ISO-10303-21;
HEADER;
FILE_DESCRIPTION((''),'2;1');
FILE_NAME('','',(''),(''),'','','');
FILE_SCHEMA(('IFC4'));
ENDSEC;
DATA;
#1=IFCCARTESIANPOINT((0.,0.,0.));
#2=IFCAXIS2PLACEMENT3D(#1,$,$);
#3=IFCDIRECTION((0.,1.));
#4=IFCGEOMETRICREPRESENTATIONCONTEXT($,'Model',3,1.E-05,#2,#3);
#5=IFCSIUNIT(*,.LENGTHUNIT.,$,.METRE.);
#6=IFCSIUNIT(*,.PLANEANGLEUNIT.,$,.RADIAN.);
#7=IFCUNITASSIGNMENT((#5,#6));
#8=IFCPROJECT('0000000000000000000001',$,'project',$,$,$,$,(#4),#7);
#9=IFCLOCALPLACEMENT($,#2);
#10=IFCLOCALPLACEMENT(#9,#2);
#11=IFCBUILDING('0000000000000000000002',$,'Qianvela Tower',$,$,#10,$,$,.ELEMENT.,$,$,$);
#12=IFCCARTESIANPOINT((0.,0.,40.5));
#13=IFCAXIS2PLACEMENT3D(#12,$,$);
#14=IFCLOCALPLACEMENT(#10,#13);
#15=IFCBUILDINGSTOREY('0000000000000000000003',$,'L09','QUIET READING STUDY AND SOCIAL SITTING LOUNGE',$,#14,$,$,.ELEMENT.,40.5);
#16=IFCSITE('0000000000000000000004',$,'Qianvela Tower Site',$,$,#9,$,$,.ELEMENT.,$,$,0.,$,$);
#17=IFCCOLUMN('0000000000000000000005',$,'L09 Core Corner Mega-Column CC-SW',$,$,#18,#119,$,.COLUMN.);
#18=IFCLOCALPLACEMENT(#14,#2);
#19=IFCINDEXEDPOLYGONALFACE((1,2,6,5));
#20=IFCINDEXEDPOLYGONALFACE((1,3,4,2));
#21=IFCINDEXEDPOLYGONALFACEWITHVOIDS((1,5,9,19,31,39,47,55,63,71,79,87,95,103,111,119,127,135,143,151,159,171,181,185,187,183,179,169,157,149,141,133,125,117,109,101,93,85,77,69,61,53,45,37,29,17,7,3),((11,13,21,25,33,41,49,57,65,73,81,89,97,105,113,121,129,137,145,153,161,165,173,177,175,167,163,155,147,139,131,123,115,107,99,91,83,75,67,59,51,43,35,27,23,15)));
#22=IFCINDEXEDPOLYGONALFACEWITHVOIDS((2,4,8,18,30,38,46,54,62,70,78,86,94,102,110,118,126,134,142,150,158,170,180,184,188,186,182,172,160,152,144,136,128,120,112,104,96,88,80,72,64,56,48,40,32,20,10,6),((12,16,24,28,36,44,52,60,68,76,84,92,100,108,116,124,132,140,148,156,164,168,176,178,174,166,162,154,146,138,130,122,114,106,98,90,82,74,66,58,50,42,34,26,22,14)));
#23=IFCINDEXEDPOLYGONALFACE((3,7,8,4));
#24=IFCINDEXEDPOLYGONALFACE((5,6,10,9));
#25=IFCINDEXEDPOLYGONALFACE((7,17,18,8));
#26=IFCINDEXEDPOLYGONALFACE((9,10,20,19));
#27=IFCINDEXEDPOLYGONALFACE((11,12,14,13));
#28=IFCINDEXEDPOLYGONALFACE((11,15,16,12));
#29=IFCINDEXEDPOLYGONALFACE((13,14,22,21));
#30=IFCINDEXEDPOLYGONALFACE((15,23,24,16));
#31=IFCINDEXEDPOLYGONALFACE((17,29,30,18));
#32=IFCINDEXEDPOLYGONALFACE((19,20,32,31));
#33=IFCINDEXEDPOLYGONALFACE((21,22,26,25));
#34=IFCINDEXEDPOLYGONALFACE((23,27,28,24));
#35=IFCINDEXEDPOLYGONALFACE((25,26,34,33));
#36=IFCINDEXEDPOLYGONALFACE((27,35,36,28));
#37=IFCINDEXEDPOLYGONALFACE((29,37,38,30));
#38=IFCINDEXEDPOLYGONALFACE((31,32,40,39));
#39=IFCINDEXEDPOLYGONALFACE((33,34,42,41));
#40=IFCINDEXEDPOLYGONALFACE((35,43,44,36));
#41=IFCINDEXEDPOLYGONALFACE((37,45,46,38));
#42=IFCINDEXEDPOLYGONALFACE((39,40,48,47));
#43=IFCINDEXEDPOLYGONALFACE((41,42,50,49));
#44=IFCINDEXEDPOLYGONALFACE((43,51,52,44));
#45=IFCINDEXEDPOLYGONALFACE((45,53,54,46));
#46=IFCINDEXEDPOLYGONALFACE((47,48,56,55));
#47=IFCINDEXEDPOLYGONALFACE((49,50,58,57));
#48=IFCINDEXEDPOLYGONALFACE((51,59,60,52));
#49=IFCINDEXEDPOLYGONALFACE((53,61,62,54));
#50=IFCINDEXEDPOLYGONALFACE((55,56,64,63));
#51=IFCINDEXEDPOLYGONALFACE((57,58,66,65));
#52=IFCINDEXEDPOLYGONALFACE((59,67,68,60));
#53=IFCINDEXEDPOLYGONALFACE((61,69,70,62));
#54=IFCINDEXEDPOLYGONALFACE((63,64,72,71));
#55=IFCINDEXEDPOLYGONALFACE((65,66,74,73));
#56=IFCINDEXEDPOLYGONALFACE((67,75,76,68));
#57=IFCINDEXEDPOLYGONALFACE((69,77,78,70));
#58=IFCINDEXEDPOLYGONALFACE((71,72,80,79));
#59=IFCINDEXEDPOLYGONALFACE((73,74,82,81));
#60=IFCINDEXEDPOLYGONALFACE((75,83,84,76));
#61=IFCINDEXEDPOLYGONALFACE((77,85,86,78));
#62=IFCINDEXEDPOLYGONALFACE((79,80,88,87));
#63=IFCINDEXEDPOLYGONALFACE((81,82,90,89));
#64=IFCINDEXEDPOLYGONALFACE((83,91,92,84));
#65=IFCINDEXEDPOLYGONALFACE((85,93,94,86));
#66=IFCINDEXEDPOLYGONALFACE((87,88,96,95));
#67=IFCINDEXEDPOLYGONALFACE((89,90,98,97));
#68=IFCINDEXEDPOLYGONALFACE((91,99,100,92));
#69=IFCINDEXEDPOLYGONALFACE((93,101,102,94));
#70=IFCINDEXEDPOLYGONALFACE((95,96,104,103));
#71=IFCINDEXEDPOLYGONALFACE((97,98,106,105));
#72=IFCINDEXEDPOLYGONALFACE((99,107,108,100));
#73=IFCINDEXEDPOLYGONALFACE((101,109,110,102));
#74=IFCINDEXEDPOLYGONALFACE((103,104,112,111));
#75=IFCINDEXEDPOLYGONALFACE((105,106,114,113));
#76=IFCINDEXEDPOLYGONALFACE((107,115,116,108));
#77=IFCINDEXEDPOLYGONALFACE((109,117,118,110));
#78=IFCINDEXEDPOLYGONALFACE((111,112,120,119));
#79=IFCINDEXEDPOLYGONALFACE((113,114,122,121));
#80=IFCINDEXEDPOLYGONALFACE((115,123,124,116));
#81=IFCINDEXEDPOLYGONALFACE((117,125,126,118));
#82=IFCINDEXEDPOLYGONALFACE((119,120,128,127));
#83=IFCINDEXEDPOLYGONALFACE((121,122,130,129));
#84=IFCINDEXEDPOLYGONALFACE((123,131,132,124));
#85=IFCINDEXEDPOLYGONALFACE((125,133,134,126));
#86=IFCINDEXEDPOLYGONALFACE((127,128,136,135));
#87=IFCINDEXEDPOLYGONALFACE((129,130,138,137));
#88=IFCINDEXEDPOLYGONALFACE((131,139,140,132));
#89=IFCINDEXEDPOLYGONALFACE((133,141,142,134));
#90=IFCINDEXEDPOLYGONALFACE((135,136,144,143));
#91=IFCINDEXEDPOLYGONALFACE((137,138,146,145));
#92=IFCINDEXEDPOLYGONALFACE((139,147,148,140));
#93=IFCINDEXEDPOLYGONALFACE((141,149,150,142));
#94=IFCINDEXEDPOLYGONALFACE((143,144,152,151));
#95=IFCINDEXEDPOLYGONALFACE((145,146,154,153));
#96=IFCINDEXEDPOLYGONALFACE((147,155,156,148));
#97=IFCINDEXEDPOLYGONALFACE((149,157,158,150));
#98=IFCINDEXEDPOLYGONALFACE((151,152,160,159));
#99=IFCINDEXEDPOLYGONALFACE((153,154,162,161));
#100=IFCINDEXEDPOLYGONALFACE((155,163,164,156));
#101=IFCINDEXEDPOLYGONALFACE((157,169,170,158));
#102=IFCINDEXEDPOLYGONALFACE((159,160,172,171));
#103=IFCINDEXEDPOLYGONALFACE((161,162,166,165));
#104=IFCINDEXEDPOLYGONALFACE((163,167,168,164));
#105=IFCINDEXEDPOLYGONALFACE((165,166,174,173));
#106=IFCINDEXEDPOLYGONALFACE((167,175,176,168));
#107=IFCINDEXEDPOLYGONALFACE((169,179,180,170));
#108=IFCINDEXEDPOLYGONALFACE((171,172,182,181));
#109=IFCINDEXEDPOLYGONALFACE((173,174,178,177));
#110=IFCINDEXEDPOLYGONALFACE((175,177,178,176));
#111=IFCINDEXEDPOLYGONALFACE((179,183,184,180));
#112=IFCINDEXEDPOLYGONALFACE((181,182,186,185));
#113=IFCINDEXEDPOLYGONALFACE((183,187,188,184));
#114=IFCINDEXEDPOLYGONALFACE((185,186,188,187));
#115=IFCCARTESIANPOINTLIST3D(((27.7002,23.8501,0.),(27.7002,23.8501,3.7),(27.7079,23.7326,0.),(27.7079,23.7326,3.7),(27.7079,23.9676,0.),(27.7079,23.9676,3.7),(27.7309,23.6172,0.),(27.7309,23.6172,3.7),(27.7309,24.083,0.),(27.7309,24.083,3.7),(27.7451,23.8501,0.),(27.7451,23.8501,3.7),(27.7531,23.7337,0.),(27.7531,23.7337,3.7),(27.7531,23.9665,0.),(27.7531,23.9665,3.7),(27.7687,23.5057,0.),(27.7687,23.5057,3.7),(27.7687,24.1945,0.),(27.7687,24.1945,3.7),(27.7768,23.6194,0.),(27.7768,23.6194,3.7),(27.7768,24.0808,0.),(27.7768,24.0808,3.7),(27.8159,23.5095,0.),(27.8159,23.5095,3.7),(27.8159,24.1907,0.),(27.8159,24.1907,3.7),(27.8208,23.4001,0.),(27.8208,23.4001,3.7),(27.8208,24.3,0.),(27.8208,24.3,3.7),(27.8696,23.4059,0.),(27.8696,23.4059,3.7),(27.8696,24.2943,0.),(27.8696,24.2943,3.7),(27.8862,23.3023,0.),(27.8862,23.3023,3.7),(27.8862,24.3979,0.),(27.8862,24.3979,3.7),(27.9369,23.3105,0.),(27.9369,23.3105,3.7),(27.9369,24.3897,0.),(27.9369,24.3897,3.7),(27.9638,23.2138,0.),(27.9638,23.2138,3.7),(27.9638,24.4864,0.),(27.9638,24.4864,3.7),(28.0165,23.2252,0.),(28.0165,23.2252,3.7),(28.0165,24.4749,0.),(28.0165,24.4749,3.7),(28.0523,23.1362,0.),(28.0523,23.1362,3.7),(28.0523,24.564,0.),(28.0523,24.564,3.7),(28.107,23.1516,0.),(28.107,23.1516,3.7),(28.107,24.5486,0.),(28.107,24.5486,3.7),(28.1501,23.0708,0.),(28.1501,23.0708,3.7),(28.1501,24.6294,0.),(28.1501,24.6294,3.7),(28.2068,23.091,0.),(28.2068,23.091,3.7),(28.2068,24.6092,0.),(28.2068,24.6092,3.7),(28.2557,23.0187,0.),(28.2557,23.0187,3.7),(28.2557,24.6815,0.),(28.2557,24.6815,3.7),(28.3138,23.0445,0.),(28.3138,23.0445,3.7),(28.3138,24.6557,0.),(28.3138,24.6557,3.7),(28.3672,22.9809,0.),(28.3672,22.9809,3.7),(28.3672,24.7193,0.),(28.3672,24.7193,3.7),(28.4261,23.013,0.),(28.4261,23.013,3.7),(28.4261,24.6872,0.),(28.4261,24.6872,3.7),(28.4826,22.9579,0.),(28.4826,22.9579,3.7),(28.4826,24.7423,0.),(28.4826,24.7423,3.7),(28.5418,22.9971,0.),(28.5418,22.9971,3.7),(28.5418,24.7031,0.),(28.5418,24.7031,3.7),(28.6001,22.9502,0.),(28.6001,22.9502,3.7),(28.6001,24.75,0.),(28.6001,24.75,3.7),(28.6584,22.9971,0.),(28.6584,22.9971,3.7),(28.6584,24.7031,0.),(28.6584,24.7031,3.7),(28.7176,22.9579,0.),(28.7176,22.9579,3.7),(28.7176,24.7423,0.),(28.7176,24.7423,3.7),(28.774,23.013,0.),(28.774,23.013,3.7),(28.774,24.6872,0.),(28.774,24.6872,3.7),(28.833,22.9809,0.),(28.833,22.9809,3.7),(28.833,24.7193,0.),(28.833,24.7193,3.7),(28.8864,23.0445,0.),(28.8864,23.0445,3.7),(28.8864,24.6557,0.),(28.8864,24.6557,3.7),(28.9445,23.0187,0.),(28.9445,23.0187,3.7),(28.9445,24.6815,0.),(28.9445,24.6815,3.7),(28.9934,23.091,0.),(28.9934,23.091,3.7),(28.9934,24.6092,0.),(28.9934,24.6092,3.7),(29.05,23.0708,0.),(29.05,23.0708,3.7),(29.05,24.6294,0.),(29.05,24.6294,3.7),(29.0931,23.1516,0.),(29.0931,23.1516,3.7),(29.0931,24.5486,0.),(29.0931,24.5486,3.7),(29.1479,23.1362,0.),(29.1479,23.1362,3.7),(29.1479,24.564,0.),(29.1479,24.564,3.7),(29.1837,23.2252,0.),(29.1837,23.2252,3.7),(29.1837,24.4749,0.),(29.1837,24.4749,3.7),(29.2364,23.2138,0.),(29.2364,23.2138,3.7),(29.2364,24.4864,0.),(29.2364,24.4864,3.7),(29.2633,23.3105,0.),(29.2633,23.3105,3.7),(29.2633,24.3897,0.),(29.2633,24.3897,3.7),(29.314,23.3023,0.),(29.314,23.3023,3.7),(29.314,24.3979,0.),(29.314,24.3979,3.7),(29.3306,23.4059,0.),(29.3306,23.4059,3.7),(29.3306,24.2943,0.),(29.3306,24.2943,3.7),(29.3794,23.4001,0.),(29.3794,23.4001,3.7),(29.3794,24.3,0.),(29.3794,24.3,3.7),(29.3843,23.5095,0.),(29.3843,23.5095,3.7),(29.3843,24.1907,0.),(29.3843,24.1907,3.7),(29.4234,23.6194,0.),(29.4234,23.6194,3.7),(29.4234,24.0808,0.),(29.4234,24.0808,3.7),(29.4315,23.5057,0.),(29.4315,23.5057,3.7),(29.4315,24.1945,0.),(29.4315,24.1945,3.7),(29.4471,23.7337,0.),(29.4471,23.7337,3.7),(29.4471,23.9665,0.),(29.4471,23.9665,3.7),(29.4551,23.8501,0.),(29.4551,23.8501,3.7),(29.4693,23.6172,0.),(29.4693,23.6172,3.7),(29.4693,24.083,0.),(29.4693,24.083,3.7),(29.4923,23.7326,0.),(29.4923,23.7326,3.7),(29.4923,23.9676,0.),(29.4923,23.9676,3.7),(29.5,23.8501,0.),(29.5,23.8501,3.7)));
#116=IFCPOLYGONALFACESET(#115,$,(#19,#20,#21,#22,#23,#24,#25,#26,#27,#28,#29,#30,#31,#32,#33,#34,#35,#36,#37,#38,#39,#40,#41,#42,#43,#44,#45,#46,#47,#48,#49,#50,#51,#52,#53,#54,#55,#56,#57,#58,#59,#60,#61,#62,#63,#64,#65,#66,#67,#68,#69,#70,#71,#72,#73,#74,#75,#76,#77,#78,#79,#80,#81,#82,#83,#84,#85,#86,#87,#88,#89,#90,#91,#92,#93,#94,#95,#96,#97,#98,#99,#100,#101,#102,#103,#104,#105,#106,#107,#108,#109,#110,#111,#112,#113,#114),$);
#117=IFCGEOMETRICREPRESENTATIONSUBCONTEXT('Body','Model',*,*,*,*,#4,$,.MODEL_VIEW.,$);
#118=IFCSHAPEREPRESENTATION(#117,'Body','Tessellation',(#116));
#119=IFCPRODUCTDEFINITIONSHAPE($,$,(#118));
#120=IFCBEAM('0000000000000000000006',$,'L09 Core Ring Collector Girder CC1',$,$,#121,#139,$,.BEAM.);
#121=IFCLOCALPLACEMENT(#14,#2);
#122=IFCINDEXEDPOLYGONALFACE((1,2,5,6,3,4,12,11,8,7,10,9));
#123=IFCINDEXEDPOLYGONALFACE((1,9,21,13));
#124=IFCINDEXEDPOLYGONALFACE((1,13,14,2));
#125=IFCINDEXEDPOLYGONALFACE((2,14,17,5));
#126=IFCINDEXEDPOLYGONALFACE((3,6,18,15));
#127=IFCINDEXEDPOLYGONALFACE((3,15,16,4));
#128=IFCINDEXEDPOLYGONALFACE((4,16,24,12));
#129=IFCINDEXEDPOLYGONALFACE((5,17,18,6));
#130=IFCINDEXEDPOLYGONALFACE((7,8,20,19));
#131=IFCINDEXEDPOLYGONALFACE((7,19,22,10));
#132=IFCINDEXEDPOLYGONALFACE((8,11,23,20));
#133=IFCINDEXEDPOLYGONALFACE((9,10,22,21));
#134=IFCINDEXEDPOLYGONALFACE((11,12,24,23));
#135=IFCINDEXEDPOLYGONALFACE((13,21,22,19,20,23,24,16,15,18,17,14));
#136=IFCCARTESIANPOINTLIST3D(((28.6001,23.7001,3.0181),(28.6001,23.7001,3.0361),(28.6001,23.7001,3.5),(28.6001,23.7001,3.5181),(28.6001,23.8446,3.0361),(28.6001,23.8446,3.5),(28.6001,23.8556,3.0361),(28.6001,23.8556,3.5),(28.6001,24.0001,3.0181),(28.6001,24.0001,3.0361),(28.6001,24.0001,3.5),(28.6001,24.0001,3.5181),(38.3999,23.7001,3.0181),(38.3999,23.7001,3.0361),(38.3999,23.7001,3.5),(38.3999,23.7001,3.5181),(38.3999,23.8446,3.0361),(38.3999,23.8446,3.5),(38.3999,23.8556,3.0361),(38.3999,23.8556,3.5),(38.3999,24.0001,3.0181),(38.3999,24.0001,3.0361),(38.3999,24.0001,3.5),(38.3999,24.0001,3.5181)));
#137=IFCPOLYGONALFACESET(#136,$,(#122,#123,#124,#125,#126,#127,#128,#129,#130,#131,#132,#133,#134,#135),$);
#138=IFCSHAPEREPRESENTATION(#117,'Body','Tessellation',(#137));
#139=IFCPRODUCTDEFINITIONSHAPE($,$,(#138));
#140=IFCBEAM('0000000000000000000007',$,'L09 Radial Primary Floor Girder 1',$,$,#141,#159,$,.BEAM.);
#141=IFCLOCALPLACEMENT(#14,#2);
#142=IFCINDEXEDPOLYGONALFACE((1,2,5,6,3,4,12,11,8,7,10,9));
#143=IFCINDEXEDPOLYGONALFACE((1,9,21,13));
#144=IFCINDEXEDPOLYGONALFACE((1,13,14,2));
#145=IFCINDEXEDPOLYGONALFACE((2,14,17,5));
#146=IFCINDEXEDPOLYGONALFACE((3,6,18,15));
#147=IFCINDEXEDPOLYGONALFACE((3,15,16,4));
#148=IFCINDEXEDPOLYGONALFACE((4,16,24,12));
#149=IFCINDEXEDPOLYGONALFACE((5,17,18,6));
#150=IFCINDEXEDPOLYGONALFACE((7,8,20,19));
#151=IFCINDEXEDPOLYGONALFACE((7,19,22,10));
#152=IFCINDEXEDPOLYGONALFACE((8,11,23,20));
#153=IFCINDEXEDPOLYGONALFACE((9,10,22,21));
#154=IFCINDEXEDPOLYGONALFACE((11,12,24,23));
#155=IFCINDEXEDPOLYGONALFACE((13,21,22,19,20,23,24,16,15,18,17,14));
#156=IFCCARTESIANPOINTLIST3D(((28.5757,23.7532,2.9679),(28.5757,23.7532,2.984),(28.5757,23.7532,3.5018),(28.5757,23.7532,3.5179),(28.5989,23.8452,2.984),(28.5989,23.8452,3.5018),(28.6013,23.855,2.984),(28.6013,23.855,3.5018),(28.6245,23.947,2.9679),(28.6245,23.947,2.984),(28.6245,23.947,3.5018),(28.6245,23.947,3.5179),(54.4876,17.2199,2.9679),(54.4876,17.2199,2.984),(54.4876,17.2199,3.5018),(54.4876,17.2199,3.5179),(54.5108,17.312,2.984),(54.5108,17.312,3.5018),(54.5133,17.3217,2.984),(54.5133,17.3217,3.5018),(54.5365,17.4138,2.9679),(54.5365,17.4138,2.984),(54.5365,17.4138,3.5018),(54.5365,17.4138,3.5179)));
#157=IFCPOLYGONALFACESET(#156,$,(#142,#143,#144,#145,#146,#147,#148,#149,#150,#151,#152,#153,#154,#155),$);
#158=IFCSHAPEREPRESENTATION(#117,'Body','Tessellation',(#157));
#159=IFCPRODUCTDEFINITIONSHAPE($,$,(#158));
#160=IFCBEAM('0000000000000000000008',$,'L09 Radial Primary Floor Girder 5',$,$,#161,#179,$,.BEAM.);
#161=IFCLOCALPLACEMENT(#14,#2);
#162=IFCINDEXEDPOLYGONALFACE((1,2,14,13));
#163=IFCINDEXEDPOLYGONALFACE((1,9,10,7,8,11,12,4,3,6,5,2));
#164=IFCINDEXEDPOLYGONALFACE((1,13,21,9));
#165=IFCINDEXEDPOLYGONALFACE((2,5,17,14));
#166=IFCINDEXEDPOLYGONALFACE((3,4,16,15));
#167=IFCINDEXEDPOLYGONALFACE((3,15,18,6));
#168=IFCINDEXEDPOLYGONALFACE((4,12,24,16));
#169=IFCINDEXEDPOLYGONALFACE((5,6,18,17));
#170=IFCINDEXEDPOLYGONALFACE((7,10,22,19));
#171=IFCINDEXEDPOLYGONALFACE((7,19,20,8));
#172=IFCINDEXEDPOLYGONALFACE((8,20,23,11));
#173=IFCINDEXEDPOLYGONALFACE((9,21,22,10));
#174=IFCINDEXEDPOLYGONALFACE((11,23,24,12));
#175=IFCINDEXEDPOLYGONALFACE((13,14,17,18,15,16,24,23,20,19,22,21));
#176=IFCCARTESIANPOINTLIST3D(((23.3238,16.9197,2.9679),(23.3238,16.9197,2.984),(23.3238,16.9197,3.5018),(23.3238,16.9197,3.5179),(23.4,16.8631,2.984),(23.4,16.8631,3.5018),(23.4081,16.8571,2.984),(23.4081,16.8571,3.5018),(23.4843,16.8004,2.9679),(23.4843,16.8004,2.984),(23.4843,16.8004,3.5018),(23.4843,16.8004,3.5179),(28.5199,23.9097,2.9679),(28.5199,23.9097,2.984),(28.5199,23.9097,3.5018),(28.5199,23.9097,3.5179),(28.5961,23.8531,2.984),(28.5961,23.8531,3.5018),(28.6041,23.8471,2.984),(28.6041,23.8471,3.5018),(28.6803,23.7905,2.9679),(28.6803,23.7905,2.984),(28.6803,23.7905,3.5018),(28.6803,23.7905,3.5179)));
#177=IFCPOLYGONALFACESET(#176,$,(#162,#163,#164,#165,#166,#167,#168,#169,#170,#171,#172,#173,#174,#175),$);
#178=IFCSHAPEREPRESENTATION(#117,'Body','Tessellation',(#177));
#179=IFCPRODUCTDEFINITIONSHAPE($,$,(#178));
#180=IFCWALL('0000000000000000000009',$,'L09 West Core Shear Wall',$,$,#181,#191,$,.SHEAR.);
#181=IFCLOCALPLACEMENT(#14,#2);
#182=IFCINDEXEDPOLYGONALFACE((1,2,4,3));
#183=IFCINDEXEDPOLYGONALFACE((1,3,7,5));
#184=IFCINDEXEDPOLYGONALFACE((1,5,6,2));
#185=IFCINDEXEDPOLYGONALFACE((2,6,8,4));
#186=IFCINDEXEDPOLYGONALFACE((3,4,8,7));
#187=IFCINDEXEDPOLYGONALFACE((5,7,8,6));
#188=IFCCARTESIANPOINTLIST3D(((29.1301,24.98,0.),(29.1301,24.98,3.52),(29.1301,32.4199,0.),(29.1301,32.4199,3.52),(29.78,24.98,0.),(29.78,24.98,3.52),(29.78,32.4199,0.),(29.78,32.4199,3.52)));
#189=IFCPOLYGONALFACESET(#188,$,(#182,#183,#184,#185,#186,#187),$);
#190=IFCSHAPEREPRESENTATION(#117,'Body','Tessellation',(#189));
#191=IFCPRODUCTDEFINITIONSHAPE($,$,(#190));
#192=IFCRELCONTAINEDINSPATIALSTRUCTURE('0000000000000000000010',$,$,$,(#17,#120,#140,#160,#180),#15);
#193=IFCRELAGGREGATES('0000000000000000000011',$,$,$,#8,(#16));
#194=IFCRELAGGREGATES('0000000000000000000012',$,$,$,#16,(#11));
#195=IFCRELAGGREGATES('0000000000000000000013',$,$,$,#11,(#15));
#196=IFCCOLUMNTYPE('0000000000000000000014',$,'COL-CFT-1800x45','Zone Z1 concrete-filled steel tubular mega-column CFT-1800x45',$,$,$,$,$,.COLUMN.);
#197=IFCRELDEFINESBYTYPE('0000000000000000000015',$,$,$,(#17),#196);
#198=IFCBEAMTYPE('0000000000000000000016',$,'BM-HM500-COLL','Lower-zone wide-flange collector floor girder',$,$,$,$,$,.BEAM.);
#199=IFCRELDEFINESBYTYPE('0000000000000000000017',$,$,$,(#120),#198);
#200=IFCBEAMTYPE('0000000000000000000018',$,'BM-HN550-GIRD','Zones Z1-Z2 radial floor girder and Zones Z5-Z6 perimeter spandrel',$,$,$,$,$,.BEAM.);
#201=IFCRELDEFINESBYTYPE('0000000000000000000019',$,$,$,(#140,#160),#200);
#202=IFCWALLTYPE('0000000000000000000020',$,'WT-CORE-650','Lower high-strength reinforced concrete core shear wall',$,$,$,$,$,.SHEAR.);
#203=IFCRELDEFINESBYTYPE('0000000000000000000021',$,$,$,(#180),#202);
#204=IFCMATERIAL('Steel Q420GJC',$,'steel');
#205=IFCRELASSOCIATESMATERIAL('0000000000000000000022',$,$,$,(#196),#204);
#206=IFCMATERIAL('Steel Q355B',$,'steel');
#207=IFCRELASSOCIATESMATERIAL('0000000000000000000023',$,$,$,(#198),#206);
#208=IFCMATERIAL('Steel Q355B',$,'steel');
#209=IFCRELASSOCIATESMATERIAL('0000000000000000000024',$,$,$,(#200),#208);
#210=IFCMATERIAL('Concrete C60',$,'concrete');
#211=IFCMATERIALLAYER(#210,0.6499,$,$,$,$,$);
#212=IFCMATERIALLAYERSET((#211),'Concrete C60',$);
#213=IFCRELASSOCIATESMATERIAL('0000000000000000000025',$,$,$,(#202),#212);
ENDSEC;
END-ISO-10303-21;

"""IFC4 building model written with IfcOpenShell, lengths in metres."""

from ifc_helpers import new_model, si_unit, direction, frame, frame_2d, origin, origin_2d, place, context, subcontext, project, spatial, rectangle, hollow_circle, i_section, extrude, material, layer, layer_set, material_profile, profile_set, type_object, element, save


model = new_model("IFC4")

# Units and contexts
model_context = context("Model", 3, precision=1e-05, world=origin(), true_north=direction((0.0, 1.0)))
body_context = subcontext(model_context, "Body", "Model", "MODEL_VIEW")
ifc_project = project(units=[si_unit("LENGTHUNIT", "METRE"), si_unit("PLANEANGLEUNIT", "RADIAN")], contexts=[model_context])

# Site, building, storey
site_placement = place(None, origin())
site = spatial("IfcSite", under=ifc_project, at=site_placement, Name="Qianvela Tower Site", CompositionType="ELEMENT", RefElevation=0.0)
building_placement = place(site_placement, origin())
building = spatial("IfcBuilding", under=site, at=building_placement, Name="Qianvela Tower", CompositionType="ELEMENT")
storey_placement = place(building_placement, frame((0.0, 0.0, 40.5)))
storey = spatial("IfcBuildingStorey", under=building, at=storey_placement, Name="L09", Description="QUIET READING STUDY AND SOCIAL SITTING LOUNGE", CompositionType="ELEMENT", Elevation=40.5)

# Column
ifc_material_1 = material(Name="Steel Q420GJC", Category="steel")
ifc_material_profile_1 = material_profile(ifc_material_1, hollow_circle(Radius=0.8999, WallThickness=0.0449, at=origin_2d()), Name="CFT-1800x45")
ifc_profile_set_1 = profile_set([ifc_material_profile_1], Name="Steel Q420GJC")
column_type = type_object("IfcColumnType", Name="COL-CFT-1800x45", Description="Zone Z1 concrete-filled steel tubular mega-column CFT-1800x45", PredefinedType="COLUMN", material=ifc_profile_set_1)
column_placement = place(storey_placement, frame((28.6001, 23.8501, 0.0), z_axis=(0.0, 0.0, 1.0), x_axis=(1.0, 0.0, 0.0)))
element("IfcColumn", 1, at=column_placement, inside=storey, type_object=column_type, Name="L09 Core Corner Mega-Column CC-SW", PredefinedType="COLUMN", context=body_context, shape_type="SweptSolid", body=[
    extrude(hollow_circle(Radius=0.8999, WallThickness=0.0449, at=origin_2d()), origin(), (0.0, 0.0, 1.0), 3.7),
])

# Beams
ifc_material_2 = material(Name="Steel Q355B", Category="steel")
ifc_material_profile_2 = material_profile(ifc_material_2, i_section(OverallWidth=0.3, OverallDepth=0.5, WebThickness=0.011, FlangeThickness=0.0181, at=origin_2d()), Name="HM500x300x11x18")
ifc_profile_set_2 = profile_set([ifc_material_profile_2], Name="Steel Q355B")
beam_type_1 = type_object("IfcBeamType", Name="BM-HM500-COLL", Description="Lower-zone wide-flange collector floor girder", PredefinedType="BEAM", material=ifc_profile_set_2)
beam_1_placement = place(storey_placement, frame((28.6001, 23.8501, 3.2681), z_axis=(1.0, 0.0, 0.0), x_axis=(0.0, 1.0, 0.0)))
element("IfcBeam", 2, at=beam_1_placement, inside=storey, type_object=beam_type_1, Name="L09 Core Ring Collector Girder CC1", PredefinedType="BEAM", context=body_context, shape_type="SweptSolid", body=[
    extrude(i_section(OverallWidth=0.3, OverallDepth=0.5, WebThickness=0.011, FlangeThickness=0.0181, at=origin_2d()), origin(), (0.0, 0.0, 1.0), 9.7998),
])
ifc_material_3 = material(Name="Steel Q355B", Category="steel")
ifc_material_profile_3 = material_profile(ifc_material_3, i_section(OverallWidth=0.2, OverallDepth=0.55, WebThickness=0.01, FlangeThickness=0.0161, at=origin_2d()), Name="HN550x200x10x16")
ifc_profile_set_3 = profile_set([ifc_material_profile_3], Name="Steel Q355B")
beam_type_2 = type_object("IfcBeamType", Name="BM-HN550-GIRD", Description="Zones Z1-Z2 radial floor girder and Zones Z5-Z6 perimeter spandrel", PredefinedType="BEAM", material=ifc_profile_set_3)
beam_2_placement = place(storey_placement, frame((28.6001, 23.8501, 3.2429), z_axis=(0.969654, -0.244481, 0.0), x_axis=(0.244481, 0.969654, 0.0)))
element("IfcBeam", 3, at=beam_2_placement, inside=storey, type_object=beam_type_2, Name="L09 Radial Primary Floor Girder 1", PredefinedType="BEAM", context=body_context, shape_type="SweptSolid", body=[
    extrude(i_section(OverallWidth=0.2, OverallDepth=0.55, WebThickness=0.01, FlangeThickness=0.0161, at=origin_2d()), origin(), (0.0, 0.0, 1.0), 26.7229),
])
beam_3_placement = place(storey_placement, frame((28.6001, 23.8501, 3.2429), z_axis=(-0.596581, -0.802553, 0.0), x_axis=(0.802553, -0.596581, 0.0)))
element("IfcBeam", 4, at=beam_3_placement, inside=storey, type_object=beam_type_2, Name="L09 Radial Primary Floor Girder 5", PredefinedType="BEAM", context=body_context, shape_type="SweptSolid", body=[
    extrude(i_section(OverallWidth=0.2, OverallDepth=0.55, WebThickness=0.01, FlangeThickness=0.0161, at=origin_2d()), origin(), (0.0, 0.0, 1.0), 8.7097),
])

# Shared definitions
ifc_material_4 = material(Name="Concrete C60", Category="concrete")
ifc_layer_1 = layer(ifc_material_4, 0.6499)
ifc_layer_set_1 = layer_set([ifc_layer_1], Name="Concrete C60")
wall_type_1 = type_object("IfcWallType", Name="WT-CORE-650", Description="Lower high-strength reinforced concrete core shear wall", PredefinedType="SHEAR", material=ifc_layer_set_1)

# Wall
wall_1_placement = place(storey_placement, frame((29.4551, 24.98, 0.0), z_axis=(0.0, 0.0, 1.0), x_axis=(0.0, 1.0, 0.0)))
element("IfcWall", 5, at=wall_1_placement, inside=storey, type_object=wall_type_1, Name="L09 West Core Shear Wall", PredefinedType="SHEAR", context=body_context, shape_type="SweptSolid", body=[
    extrude(rectangle(XDim=7.4399, YDim=0.6499, at=frame_2d((3.72, 0.0))), origin(), (0.0, 0.0, 1.0), 3.52),
])

save(model, "model.ifc")
